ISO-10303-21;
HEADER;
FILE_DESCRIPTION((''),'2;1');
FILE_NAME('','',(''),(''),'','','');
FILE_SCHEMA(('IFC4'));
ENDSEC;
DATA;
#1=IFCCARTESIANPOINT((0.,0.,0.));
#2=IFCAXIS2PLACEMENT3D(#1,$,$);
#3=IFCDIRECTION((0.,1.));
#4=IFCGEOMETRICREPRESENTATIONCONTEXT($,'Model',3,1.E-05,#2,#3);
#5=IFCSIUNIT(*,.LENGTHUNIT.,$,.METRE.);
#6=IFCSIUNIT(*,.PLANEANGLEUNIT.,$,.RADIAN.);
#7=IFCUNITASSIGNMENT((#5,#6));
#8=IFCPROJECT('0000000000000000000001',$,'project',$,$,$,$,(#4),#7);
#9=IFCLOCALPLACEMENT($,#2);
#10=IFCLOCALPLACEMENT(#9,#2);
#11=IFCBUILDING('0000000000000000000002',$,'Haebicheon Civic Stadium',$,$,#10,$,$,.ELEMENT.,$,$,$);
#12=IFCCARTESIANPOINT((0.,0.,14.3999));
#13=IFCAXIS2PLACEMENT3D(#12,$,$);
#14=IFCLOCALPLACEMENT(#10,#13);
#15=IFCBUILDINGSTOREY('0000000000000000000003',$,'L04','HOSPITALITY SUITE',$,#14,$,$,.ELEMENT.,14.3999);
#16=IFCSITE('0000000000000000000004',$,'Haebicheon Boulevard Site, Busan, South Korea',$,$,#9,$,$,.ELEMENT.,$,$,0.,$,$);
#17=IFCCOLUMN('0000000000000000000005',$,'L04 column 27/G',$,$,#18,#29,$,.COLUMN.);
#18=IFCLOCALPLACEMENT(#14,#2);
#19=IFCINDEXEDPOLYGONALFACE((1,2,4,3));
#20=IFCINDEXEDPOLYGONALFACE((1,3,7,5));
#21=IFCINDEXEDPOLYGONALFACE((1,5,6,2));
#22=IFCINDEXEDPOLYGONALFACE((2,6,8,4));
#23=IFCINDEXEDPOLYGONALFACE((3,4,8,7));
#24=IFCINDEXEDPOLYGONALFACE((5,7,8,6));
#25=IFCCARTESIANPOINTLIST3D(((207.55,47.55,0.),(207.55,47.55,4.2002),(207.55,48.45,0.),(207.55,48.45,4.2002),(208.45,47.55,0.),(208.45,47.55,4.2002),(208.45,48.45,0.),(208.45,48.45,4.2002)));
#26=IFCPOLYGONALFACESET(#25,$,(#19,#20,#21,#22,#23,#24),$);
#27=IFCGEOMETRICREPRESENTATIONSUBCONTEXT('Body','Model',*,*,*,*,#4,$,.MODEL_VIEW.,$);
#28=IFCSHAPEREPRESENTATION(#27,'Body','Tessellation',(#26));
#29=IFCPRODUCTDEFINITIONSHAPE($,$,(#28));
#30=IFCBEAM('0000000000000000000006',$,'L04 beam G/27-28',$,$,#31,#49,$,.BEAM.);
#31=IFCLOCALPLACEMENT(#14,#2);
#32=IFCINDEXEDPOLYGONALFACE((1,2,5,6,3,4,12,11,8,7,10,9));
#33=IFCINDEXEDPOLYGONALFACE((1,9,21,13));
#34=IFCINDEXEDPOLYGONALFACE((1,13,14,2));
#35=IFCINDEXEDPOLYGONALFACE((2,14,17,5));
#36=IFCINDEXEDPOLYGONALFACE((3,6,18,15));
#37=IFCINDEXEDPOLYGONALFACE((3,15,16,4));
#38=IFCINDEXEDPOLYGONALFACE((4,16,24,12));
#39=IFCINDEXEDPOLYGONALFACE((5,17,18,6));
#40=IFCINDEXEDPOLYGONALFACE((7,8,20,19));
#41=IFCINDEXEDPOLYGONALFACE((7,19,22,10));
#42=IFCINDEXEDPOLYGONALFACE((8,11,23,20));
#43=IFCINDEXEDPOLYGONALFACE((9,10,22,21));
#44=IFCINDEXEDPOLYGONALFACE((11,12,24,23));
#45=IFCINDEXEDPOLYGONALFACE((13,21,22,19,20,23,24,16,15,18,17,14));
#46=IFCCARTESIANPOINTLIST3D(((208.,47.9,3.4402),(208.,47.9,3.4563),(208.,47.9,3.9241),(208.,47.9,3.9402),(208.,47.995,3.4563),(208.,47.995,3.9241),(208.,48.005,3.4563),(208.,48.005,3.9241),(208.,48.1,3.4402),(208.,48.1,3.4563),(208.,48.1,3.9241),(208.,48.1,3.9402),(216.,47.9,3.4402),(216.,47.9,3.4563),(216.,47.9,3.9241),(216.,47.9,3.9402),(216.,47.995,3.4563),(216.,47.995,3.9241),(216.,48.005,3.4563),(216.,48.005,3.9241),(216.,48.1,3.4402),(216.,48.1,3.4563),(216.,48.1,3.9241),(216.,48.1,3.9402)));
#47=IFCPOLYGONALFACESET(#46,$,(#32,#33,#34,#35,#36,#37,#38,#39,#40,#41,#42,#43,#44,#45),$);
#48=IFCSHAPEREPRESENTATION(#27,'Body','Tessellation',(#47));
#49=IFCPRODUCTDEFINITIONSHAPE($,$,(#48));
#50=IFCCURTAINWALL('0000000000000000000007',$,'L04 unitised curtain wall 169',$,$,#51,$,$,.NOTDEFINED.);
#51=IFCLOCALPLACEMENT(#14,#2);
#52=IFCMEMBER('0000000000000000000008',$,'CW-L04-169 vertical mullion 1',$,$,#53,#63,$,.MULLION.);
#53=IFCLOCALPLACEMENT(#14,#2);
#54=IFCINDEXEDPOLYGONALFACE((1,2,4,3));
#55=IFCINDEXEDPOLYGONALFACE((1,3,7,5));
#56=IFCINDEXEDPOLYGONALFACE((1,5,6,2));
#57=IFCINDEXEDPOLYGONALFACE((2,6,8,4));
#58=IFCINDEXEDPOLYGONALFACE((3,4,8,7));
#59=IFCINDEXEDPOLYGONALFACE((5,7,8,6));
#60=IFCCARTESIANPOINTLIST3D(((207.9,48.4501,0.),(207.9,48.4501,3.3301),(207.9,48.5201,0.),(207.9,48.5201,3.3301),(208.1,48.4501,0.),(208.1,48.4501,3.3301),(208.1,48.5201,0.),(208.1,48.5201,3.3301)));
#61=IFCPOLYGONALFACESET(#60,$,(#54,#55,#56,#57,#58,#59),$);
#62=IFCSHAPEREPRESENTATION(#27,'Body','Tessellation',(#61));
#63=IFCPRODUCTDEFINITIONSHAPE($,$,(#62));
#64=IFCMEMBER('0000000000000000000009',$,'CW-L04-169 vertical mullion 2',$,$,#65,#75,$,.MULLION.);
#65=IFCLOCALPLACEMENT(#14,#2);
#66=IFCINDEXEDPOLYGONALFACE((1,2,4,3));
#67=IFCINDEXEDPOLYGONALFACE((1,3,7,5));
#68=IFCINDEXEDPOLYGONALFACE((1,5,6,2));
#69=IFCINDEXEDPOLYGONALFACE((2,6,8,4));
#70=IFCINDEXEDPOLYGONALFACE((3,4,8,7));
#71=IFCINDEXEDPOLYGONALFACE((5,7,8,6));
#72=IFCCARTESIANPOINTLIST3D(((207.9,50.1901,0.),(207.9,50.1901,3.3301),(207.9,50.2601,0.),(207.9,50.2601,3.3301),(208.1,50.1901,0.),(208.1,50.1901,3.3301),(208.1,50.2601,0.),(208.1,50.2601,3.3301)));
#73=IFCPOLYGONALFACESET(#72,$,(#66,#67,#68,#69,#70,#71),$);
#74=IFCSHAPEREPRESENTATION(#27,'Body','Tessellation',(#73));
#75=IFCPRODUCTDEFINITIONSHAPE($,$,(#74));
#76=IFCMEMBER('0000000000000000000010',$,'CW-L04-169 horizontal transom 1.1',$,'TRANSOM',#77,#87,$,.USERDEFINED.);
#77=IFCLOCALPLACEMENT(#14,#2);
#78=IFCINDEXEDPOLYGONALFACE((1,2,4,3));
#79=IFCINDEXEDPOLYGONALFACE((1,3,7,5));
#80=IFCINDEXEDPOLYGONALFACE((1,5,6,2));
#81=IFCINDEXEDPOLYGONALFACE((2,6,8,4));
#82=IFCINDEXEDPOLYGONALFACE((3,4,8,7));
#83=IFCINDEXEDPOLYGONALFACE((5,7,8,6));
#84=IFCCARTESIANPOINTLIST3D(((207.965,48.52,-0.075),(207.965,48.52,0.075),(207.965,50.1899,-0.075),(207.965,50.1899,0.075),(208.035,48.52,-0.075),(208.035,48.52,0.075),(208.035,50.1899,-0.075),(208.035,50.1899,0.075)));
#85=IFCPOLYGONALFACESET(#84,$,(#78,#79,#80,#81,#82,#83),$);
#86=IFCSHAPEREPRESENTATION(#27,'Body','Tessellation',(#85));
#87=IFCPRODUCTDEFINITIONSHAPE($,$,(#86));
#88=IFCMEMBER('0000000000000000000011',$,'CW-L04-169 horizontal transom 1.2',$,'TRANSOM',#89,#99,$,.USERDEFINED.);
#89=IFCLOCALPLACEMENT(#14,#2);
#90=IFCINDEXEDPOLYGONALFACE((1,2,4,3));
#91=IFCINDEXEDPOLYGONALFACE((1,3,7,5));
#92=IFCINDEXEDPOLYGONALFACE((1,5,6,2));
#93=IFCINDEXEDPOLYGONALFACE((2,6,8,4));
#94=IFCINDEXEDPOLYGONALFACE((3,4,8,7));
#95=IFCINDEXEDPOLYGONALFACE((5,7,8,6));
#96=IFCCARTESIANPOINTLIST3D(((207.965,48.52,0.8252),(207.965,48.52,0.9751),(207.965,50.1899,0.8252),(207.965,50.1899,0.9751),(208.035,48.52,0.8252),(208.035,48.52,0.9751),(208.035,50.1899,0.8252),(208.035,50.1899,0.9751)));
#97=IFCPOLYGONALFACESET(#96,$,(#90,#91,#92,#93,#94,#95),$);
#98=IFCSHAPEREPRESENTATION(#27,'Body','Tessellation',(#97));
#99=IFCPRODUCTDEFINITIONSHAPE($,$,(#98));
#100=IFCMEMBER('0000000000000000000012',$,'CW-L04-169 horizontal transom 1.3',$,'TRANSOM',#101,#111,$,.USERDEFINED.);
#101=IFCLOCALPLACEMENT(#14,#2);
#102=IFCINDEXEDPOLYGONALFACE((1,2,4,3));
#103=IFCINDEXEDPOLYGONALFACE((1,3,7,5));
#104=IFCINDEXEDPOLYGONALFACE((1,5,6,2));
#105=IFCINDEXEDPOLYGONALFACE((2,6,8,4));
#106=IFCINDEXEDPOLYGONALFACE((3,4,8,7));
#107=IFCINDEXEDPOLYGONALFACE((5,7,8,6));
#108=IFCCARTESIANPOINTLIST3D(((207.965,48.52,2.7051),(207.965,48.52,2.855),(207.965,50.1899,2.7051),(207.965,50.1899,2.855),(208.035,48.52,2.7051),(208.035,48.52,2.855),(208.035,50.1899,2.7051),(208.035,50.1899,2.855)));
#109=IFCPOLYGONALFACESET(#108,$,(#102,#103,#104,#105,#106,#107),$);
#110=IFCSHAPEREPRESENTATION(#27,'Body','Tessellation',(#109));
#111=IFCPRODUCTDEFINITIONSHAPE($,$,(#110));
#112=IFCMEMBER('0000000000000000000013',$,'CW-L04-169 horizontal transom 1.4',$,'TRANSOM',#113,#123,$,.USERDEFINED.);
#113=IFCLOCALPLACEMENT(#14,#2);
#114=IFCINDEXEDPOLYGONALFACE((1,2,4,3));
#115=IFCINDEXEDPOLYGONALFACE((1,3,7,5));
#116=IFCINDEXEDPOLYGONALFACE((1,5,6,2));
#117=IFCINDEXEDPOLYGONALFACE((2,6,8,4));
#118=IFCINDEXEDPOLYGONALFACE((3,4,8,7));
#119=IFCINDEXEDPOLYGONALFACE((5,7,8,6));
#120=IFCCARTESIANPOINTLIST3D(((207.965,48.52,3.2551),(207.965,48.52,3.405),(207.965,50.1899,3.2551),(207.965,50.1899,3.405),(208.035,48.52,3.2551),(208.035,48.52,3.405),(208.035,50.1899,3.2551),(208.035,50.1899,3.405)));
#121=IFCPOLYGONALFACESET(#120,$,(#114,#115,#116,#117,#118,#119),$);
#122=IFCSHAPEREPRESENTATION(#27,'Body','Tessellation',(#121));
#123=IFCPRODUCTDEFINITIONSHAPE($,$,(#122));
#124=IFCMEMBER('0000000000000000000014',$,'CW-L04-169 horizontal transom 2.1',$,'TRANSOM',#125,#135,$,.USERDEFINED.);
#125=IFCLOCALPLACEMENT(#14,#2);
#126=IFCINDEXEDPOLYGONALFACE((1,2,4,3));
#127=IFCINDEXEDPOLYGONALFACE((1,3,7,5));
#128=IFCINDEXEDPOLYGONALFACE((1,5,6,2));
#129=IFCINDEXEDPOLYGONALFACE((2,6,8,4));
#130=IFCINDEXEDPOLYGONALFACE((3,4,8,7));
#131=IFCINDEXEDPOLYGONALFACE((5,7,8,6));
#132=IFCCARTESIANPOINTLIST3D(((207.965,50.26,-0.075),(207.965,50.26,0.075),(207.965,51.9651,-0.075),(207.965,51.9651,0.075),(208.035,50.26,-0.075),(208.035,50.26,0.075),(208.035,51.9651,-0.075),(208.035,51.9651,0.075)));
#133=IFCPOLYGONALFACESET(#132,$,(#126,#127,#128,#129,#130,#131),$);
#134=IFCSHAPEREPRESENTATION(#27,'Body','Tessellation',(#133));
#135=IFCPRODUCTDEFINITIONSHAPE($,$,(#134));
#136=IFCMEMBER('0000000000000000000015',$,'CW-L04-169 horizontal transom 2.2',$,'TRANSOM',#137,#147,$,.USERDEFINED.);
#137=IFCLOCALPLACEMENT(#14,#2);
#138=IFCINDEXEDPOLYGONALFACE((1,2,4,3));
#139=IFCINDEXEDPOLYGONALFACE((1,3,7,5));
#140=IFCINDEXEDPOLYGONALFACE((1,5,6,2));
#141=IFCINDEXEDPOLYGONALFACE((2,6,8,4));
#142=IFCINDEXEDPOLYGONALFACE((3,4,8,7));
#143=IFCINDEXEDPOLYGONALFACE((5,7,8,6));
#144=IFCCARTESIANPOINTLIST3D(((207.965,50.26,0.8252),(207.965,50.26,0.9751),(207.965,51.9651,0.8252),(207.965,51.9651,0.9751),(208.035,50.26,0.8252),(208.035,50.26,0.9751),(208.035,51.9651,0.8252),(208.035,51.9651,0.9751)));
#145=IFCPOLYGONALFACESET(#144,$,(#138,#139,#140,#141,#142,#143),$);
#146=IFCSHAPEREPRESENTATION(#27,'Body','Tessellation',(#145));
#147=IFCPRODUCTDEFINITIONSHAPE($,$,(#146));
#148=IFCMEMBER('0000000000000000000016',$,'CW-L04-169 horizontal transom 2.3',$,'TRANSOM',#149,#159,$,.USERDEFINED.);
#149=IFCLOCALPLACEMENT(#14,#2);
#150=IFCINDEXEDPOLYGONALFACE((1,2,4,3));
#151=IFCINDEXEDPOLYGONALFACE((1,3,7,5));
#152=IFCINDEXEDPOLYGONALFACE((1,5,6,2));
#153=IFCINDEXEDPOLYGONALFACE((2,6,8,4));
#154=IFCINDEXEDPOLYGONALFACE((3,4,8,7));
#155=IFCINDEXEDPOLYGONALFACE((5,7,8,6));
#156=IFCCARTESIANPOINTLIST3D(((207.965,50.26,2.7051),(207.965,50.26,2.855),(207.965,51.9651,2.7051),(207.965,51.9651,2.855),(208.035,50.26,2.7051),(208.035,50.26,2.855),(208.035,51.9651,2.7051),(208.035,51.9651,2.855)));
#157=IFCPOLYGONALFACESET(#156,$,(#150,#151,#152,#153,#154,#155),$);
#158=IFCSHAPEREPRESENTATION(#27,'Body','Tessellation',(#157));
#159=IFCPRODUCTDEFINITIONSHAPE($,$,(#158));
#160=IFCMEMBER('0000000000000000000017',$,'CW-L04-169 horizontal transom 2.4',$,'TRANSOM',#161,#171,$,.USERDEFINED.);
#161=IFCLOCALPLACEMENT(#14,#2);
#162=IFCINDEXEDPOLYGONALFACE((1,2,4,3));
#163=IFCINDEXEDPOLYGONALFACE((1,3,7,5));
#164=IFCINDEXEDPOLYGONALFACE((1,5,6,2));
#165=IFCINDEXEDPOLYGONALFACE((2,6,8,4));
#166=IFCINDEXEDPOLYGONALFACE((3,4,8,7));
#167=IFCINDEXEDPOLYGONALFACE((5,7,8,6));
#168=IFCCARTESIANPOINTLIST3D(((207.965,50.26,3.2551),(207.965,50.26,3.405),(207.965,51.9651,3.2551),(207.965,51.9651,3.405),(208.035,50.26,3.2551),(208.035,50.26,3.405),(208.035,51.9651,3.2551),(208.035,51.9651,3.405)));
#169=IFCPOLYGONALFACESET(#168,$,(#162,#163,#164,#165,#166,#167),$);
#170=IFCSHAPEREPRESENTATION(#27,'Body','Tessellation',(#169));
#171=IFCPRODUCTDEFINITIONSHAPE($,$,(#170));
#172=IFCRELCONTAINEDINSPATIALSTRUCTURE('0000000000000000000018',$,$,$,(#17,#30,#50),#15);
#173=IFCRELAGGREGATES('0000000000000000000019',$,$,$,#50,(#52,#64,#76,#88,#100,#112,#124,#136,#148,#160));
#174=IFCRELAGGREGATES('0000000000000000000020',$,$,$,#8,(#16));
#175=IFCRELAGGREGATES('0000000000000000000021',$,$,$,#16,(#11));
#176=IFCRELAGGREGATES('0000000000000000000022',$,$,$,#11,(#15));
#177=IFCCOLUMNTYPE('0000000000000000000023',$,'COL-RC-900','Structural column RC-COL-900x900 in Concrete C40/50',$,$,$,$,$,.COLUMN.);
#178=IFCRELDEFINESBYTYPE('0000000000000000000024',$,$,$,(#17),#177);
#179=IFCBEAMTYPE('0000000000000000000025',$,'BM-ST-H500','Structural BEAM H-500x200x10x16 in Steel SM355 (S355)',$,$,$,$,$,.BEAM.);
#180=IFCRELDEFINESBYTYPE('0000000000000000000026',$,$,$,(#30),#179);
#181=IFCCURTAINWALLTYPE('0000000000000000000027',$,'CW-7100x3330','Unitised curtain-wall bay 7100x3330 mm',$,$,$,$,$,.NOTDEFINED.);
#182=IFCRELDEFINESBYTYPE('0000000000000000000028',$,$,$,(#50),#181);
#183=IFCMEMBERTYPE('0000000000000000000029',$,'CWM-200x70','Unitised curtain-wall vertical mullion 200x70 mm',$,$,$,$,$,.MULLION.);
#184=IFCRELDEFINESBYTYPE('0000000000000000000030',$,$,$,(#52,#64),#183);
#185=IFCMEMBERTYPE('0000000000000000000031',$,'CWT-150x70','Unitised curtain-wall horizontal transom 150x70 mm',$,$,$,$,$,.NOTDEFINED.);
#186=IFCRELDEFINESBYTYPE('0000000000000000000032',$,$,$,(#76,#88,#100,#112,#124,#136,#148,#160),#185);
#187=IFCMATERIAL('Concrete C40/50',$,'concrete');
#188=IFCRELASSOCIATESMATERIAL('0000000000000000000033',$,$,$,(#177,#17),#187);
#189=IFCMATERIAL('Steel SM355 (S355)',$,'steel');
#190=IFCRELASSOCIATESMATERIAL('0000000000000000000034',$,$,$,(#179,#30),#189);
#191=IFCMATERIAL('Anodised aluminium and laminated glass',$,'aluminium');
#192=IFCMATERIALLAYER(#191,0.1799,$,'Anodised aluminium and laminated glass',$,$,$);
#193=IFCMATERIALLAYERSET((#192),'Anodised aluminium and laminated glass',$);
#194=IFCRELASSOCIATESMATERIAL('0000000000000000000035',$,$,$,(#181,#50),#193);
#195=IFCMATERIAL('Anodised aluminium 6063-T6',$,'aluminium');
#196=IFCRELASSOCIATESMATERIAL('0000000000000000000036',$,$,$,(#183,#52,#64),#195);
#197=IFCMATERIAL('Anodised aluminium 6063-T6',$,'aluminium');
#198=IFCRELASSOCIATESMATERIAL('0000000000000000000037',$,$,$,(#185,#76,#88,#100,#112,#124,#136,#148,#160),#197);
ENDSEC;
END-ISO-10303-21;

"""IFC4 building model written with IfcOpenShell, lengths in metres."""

from ifc_helpers import new_model, si_unit, direction, frame, origin, origin_2d, place, context, subcontext, project, spatial, rectangle, i_section, extrude, material, layer, layer_set, material_profile, profile_set, type_object, element, aggregate, save


model = new_model("IFC4")

# Units and contexts
model_context = context("Model", 3, precision=1e-05, world=origin(), true_north=direction((0.0, 1.0)))
body_context = subcontext(model_context, "Body", "Model", "MODEL_VIEW")
ifc_project = project(units=[si_unit("LENGTHUNIT", "METRE"), si_unit("PLANEANGLEUNIT", "RADIAN")], contexts=[model_context])

# Site, building, storey
site_placement = place(None, origin())
site = spatial("IfcSite", under=ifc_project, at=site_placement, Name="Haebicheon Boulevard Site, Busan, South Korea", CompositionType="ELEMENT", RefElevation=0.0)
building_placement = place(site_placement, origin())
building = spatial("IfcBuilding", under=site, at=building_placement, Name="Haebicheon Civic Stadium", CompositionType="ELEMENT")
storey_placement = place(building_placement, frame((0.0, 0.0, 14.3999)))
storey = spatial("IfcBuildingStorey", under=building, at=storey_placement, Name="L04", Description="HOSPITALITY SUITE", CompositionType="ELEMENT", Elevation=14.3999)

# Column
ifc_material_1 = material(Name="Concrete C40/50", Category="concrete")
ifc_material_profile_1 = material_profile(ifc_material_1, rectangle(XDim=0.8999, YDim=0.8999, at=origin_2d()), Name="RC-COL-900x900")
ifc_profile_set_1 = profile_set([ifc_material_profile_1], Name="Concrete C40/50")
column_type = type_object("IfcColumnType", Name="COL-RC-900", Description="Structural column RC-COL-900x900 in Concrete C40/50", PredefinedType="COLUMN", material=ifc_profile_set_1)
column_placement = place(storey_placement, frame((208.0, 48.0, 0.0), z_axis=(0.0, 0.0, 1.0), x_axis=(1.0, 0.0, 0.0)))
element("IfcColumn", 1, at=column_placement, inside=storey, type_object=column_type, material=ifc_profile_set_1, Name="L04 column 27/G", PredefinedType="COLUMN", context=body_context, shape_type="SweptSolid", body=[
    extrude(rectangle(XDim=0.8999, YDim=0.8999, at=origin_2d()), origin(), (0.0, 0.0, 1.0), 4.2002),
])

# Beam
ifc_material_2 = material(Name="Steel SM355 (S355)", Category="steel")
ifc_material_profile_2 = material_profile(ifc_material_2, i_section(OverallWidth=0.2, OverallDepth=0.5, WebThickness=0.01, FlangeThickness=0.0161, at=origin_2d()), Name="H-500x200x10x16")
ifc_profile_set_2 = profile_set([ifc_material_profile_2], Name="Steel SM355 (S355)")
beam_type_1 = type_object("IfcBeamType", Name="BM-ST-H500", Description="Structural BEAM H-500x200x10x16 in Steel SM355 (S355)", PredefinedType="BEAM", material=ifc_profile_set_2)
beam_1_placement = place(storey_placement, frame((208.0, 48.0, 3.6902), z_axis=(1.0, 0.0, 0.0), x_axis=(0.0, 1.0, 0.0)))
element("IfcBeam", 2, at=beam_1_placement, inside=storey, type_object=beam_type_1, material=ifc_profile_set_2, Name="L04 beam G/27-28", PredefinedType="BEAM", context=body_context, shape_type="SweptSolid", body=[
    extrude(i_section(OverallWidth=0.2, OverallDepth=0.5, WebThickness=0.01, FlangeThickness=0.0161, at=origin_2d()), origin(), (0.0, 0.0, 1.0), 8.0),
])

# Curtain wall, members
ifc_material_3 = material(Name="Anodised aluminium and laminated glass", Category="aluminium")
ifc_layer_1 = layer(ifc_material_3, 0.1799, Name="Anodised aluminium and laminated glass")
ifc_layer_set_1 = layer_set([ifc_layer_1], Name="Anodised aluminium and laminated glass")
curtain_wall_type = type_object("IfcCurtainWallType", Name="CW-7100x3330", Description="Unitised curtain-wall bay 7100x3330 mm", PredefinedType="NOTDEFINED", material=ifc_layer_set_1)
curtain_wall_placement = place(storey_placement, origin())
curtain_wall = element("IfcCurtainWall", 3, at=curtain_wall_placement, inside=storey, type_object=curtain_wall_type, material=ifc_layer_set_1, Name="L04 unitised curtain wall 169", PredefinedType="NOTDEFINED")
ifc_material_4 = material(Name="Anodised aluminium 6063-T6", Category="aluminium")
ifc_material_profile_3 = material_profile(ifc_material_4, rectangle(XDim=0.0701, YDim=0.2, at=origin_2d()), Name="ALU-MULL-70x200")
ifc_profile_set_3 = profile_set([ifc_material_profile_3], Name="Anodised aluminium 6063-T6")
member_type_1 = type_object("IfcMemberType", Name="CWM-200x70", Description="Unitised curtain-wall vertical mullion 200x70 mm", PredefinedType="MULLION", material=ifc_profile_set_3)
member_1_placement = place(storey_placement, frame((208.0, 48.4851, 0.0), z_axis=(0.0, 0.0, 1.0), x_axis=(0.0, 1.0, 0.0)))
member_1 = element("IfcMember", 4, at=member_1_placement, type_object=member_type_1, material=ifc_profile_set_3, Name="CW-L04-169 vertical mullion 1", PredefinedType="MULLION", context=body_context, shape_type="SweptSolid", body=[
    extrude(rectangle(XDim=0.0701, YDim=0.2, at=origin_2d()), origin(), (0.0, 0.0, 1.0), 3.3301),
])
member_2_placement = place(storey_placement, frame((208.0, 50.2251, 0.0), z_axis=(0.0, 0.0, 1.0), x_axis=(0.0, 1.0, 0.0)))
member_2 = element("IfcMember", 5, at=member_2_placement, type_object=member_type_1, material=ifc_profile_set_3, Name="CW-L04-169 vertical mullion 2", PredefinedType="MULLION", context=body_context, shape_type="SweptSolid", body=[
    extrude(rectangle(XDim=0.0701, YDim=0.2, at=origin_2d()), origin(), (0.0, 0.0, 1.0), 3.3301),
])
ifc_material_5 = material(Name="Anodised aluminium 6063-T6", Category="aluminium")
ifc_material_profile_4 = material_profile(ifc_material_5, rectangle(XDim=0.0701, YDim=0.1499, at=origin_2d()), Name="ALU-TRAN-70x150")
ifc_profile_set_4 = profile_set([ifc_material_profile_4], Name="Anodised aluminium 6063-T6")
member_type_2 = type_object("IfcMemberType", Name="CWT-150x70", Description="Unitised curtain-wall horizontal transom 150x70 mm", PredefinedType="NOTDEFINED", material=ifc_profile_set_4)
member_3_placement = place(storey_placement, frame((208.0, 48.52, 0.0), z_axis=(0.0, 1.0, 0.0), x_axis=(-1.0, 0.0, 0.0)))
member_3 = element("IfcMember", 6, at=member_3_placement, type_object=member_type_2, material=ifc_profile_set_4, Name="CW-L04-169 horizontal transom 1.1", ObjectType="TRANSOM", PredefinedType="USERDEFINED", context=body_context, shape_type="SweptSolid", body=[
    extrude(rectangle(XDim=0.0701, YDim=0.1499, at=origin_2d()), origin(), (0.0, 0.0, 1.0), 1.6699),
])
member_4_placement = place(storey_placement, frame((208.0, 48.52, 0.9001), z_axis=(0.0, 1.0, 0.0), x_axis=(-1.0, 0.0, 0.0)))
member_4 = element("IfcMember", 7, at=member_4_placement, type_object=member_type_2, material=ifc_profile_set_4, Name="CW-L04-169 horizontal transom 1.2", ObjectType="TRANSOM", PredefinedType="USERDEFINED", context=body_context, shape_type="SweptSolid", body=[
    extrude(rectangle(XDim=0.0701, YDim=0.1499, at=origin_2d()), origin(), (0.0, 0.0, 1.0), 1.6699),
])
member_5_placement = place(storey_placement, frame((208.0, 48.52, 2.78), z_axis=(0.0, 1.0, 0.0), x_axis=(-1.0, 0.0, 0.0)))
member_5 = element("IfcMember", 8, at=member_5_placement, type_object=member_type_2, material=ifc_profile_set_4, Name="CW-L04-169 horizontal transom 1.3", ObjectType="TRANSOM", PredefinedType="USERDEFINED", context=body_context, shape_type="SweptSolid", body=[
    extrude(rectangle(XDim=0.0701, YDim=0.1499, at=origin_2d()), origin(), (0.0, 0.0, 1.0), 1.6699),
])
member_6_placement = place(storey_placement, frame((208.0, 48.52, 3.3301), z_axis=(0.0, 1.0, 0.0), x_axis=(-1.0, 0.0, 0.0)))
member_6 = element("IfcMember", 9, at=member_6_placement, type_object=member_type_2, material=ifc_profile_set_4, Name="CW-L04-169 horizontal transom 1.4", ObjectType="TRANSOM", PredefinedType="USERDEFINED", context=body_context, shape_type="SweptSolid", body=[
    extrude(rectangle(XDim=0.0701, YDim=0.1499, at=origin_2d()), origin(), (0.0, 0.0, 1.0), 1.6699),
])
member_7_placement = place(storey_placement, frame((208.0, 50.26, 0.0), z_axis=(0.0, 1.0, 0.0), x_axis=(-1.0, 0.0, 0.0)))
member_7 = element("IfcMember", 10, at=member_7_placement, type_object=member_type_2, material=ifc_profile_set_4, Name="CW-L04-169 horizontal transom 2.1", ObjectType="TRANSOM", PredefinedType="USERDEFINED", context=body_context, shape_type="SweptSolid", body=[
    extrude(rectangle(XDim=0.0701, YDim=0.1499, at=origin_2d()), origin(), (0.0, 0.0, 1.0), 1.7051),
])
member_8_placement = place(storey_placement, frame((208.0, 50.26, 0.9001), z_axis=(0.0, 1.0, 0.0), x_axis=(-1.0, 0.0, 0.0)))
member_8 = element("IfcMember", 11, at=member_8_placement, type_object=member_type_2, material=ifc_profile_set_4, Name="CW-L04-169 horizontal transom 2.2", ObjectType="TRANSOM", PredefinedType="USERDEFINED", context=body_context, shape_type="SweptSolid", body=[
    extrude(rectangle(XDim=0.0701, YDim=0.1499, at=origin_2d()), origin(), (0.0, 0.0, 1.0), 1.7051),
])
member_9_placement = place(storey_placement, frame((208.0, 50.26, 2.78), z_axis=(0.0, 1.0, 0.0), x_axis=(-1.0, 0.0, 0.0)))
member_9 = element("IfcMember", 12, at=member_9_placement, type_object=member_type_2, material=ifc_profile_set_4, Name="CW-L04-169 horizontal transom 2.3", ObjectType="TRANSOM", PredefinedType="USERDEFINED", context=body_context, shape_type="SweptSolid", body=[
    extrude(rectangle(XDim=0.0701, YDim=0.1499, at=origin_2d()), origin(), (0.0, 0.0, 1.0), 1.7051),
])
member_10_placement = place(storey_placement, frame((208.0, 50.26, 3.3301), z_axis=(0.0, 1.0, 0.0), x_axis=(-1.0, 0.0, 0.0)))
member_10 = element("IfcMember", 13, at=member_10_placement, type_object=member_type_2, material=ifc_profile_set_4, Name="CW-L04-169 horizontal transom 2.4", ObjectType="TRANSOM", PredefinedType="USERDEFINED", context=body_context, shape_type="SweptSolid", body=[
    extrude(rectangle(XDim=0.0701, YDim=0.1499, at=origin_2d()), origin(), (0.0, 0.0, 1.0), 1.7051),
])

aggregate(curtain_wall, [member_1, member_2, member_3, member_4, member_5, member_6, member_7, member_8, member_9, member_10])

save(model, "model.ifc")
